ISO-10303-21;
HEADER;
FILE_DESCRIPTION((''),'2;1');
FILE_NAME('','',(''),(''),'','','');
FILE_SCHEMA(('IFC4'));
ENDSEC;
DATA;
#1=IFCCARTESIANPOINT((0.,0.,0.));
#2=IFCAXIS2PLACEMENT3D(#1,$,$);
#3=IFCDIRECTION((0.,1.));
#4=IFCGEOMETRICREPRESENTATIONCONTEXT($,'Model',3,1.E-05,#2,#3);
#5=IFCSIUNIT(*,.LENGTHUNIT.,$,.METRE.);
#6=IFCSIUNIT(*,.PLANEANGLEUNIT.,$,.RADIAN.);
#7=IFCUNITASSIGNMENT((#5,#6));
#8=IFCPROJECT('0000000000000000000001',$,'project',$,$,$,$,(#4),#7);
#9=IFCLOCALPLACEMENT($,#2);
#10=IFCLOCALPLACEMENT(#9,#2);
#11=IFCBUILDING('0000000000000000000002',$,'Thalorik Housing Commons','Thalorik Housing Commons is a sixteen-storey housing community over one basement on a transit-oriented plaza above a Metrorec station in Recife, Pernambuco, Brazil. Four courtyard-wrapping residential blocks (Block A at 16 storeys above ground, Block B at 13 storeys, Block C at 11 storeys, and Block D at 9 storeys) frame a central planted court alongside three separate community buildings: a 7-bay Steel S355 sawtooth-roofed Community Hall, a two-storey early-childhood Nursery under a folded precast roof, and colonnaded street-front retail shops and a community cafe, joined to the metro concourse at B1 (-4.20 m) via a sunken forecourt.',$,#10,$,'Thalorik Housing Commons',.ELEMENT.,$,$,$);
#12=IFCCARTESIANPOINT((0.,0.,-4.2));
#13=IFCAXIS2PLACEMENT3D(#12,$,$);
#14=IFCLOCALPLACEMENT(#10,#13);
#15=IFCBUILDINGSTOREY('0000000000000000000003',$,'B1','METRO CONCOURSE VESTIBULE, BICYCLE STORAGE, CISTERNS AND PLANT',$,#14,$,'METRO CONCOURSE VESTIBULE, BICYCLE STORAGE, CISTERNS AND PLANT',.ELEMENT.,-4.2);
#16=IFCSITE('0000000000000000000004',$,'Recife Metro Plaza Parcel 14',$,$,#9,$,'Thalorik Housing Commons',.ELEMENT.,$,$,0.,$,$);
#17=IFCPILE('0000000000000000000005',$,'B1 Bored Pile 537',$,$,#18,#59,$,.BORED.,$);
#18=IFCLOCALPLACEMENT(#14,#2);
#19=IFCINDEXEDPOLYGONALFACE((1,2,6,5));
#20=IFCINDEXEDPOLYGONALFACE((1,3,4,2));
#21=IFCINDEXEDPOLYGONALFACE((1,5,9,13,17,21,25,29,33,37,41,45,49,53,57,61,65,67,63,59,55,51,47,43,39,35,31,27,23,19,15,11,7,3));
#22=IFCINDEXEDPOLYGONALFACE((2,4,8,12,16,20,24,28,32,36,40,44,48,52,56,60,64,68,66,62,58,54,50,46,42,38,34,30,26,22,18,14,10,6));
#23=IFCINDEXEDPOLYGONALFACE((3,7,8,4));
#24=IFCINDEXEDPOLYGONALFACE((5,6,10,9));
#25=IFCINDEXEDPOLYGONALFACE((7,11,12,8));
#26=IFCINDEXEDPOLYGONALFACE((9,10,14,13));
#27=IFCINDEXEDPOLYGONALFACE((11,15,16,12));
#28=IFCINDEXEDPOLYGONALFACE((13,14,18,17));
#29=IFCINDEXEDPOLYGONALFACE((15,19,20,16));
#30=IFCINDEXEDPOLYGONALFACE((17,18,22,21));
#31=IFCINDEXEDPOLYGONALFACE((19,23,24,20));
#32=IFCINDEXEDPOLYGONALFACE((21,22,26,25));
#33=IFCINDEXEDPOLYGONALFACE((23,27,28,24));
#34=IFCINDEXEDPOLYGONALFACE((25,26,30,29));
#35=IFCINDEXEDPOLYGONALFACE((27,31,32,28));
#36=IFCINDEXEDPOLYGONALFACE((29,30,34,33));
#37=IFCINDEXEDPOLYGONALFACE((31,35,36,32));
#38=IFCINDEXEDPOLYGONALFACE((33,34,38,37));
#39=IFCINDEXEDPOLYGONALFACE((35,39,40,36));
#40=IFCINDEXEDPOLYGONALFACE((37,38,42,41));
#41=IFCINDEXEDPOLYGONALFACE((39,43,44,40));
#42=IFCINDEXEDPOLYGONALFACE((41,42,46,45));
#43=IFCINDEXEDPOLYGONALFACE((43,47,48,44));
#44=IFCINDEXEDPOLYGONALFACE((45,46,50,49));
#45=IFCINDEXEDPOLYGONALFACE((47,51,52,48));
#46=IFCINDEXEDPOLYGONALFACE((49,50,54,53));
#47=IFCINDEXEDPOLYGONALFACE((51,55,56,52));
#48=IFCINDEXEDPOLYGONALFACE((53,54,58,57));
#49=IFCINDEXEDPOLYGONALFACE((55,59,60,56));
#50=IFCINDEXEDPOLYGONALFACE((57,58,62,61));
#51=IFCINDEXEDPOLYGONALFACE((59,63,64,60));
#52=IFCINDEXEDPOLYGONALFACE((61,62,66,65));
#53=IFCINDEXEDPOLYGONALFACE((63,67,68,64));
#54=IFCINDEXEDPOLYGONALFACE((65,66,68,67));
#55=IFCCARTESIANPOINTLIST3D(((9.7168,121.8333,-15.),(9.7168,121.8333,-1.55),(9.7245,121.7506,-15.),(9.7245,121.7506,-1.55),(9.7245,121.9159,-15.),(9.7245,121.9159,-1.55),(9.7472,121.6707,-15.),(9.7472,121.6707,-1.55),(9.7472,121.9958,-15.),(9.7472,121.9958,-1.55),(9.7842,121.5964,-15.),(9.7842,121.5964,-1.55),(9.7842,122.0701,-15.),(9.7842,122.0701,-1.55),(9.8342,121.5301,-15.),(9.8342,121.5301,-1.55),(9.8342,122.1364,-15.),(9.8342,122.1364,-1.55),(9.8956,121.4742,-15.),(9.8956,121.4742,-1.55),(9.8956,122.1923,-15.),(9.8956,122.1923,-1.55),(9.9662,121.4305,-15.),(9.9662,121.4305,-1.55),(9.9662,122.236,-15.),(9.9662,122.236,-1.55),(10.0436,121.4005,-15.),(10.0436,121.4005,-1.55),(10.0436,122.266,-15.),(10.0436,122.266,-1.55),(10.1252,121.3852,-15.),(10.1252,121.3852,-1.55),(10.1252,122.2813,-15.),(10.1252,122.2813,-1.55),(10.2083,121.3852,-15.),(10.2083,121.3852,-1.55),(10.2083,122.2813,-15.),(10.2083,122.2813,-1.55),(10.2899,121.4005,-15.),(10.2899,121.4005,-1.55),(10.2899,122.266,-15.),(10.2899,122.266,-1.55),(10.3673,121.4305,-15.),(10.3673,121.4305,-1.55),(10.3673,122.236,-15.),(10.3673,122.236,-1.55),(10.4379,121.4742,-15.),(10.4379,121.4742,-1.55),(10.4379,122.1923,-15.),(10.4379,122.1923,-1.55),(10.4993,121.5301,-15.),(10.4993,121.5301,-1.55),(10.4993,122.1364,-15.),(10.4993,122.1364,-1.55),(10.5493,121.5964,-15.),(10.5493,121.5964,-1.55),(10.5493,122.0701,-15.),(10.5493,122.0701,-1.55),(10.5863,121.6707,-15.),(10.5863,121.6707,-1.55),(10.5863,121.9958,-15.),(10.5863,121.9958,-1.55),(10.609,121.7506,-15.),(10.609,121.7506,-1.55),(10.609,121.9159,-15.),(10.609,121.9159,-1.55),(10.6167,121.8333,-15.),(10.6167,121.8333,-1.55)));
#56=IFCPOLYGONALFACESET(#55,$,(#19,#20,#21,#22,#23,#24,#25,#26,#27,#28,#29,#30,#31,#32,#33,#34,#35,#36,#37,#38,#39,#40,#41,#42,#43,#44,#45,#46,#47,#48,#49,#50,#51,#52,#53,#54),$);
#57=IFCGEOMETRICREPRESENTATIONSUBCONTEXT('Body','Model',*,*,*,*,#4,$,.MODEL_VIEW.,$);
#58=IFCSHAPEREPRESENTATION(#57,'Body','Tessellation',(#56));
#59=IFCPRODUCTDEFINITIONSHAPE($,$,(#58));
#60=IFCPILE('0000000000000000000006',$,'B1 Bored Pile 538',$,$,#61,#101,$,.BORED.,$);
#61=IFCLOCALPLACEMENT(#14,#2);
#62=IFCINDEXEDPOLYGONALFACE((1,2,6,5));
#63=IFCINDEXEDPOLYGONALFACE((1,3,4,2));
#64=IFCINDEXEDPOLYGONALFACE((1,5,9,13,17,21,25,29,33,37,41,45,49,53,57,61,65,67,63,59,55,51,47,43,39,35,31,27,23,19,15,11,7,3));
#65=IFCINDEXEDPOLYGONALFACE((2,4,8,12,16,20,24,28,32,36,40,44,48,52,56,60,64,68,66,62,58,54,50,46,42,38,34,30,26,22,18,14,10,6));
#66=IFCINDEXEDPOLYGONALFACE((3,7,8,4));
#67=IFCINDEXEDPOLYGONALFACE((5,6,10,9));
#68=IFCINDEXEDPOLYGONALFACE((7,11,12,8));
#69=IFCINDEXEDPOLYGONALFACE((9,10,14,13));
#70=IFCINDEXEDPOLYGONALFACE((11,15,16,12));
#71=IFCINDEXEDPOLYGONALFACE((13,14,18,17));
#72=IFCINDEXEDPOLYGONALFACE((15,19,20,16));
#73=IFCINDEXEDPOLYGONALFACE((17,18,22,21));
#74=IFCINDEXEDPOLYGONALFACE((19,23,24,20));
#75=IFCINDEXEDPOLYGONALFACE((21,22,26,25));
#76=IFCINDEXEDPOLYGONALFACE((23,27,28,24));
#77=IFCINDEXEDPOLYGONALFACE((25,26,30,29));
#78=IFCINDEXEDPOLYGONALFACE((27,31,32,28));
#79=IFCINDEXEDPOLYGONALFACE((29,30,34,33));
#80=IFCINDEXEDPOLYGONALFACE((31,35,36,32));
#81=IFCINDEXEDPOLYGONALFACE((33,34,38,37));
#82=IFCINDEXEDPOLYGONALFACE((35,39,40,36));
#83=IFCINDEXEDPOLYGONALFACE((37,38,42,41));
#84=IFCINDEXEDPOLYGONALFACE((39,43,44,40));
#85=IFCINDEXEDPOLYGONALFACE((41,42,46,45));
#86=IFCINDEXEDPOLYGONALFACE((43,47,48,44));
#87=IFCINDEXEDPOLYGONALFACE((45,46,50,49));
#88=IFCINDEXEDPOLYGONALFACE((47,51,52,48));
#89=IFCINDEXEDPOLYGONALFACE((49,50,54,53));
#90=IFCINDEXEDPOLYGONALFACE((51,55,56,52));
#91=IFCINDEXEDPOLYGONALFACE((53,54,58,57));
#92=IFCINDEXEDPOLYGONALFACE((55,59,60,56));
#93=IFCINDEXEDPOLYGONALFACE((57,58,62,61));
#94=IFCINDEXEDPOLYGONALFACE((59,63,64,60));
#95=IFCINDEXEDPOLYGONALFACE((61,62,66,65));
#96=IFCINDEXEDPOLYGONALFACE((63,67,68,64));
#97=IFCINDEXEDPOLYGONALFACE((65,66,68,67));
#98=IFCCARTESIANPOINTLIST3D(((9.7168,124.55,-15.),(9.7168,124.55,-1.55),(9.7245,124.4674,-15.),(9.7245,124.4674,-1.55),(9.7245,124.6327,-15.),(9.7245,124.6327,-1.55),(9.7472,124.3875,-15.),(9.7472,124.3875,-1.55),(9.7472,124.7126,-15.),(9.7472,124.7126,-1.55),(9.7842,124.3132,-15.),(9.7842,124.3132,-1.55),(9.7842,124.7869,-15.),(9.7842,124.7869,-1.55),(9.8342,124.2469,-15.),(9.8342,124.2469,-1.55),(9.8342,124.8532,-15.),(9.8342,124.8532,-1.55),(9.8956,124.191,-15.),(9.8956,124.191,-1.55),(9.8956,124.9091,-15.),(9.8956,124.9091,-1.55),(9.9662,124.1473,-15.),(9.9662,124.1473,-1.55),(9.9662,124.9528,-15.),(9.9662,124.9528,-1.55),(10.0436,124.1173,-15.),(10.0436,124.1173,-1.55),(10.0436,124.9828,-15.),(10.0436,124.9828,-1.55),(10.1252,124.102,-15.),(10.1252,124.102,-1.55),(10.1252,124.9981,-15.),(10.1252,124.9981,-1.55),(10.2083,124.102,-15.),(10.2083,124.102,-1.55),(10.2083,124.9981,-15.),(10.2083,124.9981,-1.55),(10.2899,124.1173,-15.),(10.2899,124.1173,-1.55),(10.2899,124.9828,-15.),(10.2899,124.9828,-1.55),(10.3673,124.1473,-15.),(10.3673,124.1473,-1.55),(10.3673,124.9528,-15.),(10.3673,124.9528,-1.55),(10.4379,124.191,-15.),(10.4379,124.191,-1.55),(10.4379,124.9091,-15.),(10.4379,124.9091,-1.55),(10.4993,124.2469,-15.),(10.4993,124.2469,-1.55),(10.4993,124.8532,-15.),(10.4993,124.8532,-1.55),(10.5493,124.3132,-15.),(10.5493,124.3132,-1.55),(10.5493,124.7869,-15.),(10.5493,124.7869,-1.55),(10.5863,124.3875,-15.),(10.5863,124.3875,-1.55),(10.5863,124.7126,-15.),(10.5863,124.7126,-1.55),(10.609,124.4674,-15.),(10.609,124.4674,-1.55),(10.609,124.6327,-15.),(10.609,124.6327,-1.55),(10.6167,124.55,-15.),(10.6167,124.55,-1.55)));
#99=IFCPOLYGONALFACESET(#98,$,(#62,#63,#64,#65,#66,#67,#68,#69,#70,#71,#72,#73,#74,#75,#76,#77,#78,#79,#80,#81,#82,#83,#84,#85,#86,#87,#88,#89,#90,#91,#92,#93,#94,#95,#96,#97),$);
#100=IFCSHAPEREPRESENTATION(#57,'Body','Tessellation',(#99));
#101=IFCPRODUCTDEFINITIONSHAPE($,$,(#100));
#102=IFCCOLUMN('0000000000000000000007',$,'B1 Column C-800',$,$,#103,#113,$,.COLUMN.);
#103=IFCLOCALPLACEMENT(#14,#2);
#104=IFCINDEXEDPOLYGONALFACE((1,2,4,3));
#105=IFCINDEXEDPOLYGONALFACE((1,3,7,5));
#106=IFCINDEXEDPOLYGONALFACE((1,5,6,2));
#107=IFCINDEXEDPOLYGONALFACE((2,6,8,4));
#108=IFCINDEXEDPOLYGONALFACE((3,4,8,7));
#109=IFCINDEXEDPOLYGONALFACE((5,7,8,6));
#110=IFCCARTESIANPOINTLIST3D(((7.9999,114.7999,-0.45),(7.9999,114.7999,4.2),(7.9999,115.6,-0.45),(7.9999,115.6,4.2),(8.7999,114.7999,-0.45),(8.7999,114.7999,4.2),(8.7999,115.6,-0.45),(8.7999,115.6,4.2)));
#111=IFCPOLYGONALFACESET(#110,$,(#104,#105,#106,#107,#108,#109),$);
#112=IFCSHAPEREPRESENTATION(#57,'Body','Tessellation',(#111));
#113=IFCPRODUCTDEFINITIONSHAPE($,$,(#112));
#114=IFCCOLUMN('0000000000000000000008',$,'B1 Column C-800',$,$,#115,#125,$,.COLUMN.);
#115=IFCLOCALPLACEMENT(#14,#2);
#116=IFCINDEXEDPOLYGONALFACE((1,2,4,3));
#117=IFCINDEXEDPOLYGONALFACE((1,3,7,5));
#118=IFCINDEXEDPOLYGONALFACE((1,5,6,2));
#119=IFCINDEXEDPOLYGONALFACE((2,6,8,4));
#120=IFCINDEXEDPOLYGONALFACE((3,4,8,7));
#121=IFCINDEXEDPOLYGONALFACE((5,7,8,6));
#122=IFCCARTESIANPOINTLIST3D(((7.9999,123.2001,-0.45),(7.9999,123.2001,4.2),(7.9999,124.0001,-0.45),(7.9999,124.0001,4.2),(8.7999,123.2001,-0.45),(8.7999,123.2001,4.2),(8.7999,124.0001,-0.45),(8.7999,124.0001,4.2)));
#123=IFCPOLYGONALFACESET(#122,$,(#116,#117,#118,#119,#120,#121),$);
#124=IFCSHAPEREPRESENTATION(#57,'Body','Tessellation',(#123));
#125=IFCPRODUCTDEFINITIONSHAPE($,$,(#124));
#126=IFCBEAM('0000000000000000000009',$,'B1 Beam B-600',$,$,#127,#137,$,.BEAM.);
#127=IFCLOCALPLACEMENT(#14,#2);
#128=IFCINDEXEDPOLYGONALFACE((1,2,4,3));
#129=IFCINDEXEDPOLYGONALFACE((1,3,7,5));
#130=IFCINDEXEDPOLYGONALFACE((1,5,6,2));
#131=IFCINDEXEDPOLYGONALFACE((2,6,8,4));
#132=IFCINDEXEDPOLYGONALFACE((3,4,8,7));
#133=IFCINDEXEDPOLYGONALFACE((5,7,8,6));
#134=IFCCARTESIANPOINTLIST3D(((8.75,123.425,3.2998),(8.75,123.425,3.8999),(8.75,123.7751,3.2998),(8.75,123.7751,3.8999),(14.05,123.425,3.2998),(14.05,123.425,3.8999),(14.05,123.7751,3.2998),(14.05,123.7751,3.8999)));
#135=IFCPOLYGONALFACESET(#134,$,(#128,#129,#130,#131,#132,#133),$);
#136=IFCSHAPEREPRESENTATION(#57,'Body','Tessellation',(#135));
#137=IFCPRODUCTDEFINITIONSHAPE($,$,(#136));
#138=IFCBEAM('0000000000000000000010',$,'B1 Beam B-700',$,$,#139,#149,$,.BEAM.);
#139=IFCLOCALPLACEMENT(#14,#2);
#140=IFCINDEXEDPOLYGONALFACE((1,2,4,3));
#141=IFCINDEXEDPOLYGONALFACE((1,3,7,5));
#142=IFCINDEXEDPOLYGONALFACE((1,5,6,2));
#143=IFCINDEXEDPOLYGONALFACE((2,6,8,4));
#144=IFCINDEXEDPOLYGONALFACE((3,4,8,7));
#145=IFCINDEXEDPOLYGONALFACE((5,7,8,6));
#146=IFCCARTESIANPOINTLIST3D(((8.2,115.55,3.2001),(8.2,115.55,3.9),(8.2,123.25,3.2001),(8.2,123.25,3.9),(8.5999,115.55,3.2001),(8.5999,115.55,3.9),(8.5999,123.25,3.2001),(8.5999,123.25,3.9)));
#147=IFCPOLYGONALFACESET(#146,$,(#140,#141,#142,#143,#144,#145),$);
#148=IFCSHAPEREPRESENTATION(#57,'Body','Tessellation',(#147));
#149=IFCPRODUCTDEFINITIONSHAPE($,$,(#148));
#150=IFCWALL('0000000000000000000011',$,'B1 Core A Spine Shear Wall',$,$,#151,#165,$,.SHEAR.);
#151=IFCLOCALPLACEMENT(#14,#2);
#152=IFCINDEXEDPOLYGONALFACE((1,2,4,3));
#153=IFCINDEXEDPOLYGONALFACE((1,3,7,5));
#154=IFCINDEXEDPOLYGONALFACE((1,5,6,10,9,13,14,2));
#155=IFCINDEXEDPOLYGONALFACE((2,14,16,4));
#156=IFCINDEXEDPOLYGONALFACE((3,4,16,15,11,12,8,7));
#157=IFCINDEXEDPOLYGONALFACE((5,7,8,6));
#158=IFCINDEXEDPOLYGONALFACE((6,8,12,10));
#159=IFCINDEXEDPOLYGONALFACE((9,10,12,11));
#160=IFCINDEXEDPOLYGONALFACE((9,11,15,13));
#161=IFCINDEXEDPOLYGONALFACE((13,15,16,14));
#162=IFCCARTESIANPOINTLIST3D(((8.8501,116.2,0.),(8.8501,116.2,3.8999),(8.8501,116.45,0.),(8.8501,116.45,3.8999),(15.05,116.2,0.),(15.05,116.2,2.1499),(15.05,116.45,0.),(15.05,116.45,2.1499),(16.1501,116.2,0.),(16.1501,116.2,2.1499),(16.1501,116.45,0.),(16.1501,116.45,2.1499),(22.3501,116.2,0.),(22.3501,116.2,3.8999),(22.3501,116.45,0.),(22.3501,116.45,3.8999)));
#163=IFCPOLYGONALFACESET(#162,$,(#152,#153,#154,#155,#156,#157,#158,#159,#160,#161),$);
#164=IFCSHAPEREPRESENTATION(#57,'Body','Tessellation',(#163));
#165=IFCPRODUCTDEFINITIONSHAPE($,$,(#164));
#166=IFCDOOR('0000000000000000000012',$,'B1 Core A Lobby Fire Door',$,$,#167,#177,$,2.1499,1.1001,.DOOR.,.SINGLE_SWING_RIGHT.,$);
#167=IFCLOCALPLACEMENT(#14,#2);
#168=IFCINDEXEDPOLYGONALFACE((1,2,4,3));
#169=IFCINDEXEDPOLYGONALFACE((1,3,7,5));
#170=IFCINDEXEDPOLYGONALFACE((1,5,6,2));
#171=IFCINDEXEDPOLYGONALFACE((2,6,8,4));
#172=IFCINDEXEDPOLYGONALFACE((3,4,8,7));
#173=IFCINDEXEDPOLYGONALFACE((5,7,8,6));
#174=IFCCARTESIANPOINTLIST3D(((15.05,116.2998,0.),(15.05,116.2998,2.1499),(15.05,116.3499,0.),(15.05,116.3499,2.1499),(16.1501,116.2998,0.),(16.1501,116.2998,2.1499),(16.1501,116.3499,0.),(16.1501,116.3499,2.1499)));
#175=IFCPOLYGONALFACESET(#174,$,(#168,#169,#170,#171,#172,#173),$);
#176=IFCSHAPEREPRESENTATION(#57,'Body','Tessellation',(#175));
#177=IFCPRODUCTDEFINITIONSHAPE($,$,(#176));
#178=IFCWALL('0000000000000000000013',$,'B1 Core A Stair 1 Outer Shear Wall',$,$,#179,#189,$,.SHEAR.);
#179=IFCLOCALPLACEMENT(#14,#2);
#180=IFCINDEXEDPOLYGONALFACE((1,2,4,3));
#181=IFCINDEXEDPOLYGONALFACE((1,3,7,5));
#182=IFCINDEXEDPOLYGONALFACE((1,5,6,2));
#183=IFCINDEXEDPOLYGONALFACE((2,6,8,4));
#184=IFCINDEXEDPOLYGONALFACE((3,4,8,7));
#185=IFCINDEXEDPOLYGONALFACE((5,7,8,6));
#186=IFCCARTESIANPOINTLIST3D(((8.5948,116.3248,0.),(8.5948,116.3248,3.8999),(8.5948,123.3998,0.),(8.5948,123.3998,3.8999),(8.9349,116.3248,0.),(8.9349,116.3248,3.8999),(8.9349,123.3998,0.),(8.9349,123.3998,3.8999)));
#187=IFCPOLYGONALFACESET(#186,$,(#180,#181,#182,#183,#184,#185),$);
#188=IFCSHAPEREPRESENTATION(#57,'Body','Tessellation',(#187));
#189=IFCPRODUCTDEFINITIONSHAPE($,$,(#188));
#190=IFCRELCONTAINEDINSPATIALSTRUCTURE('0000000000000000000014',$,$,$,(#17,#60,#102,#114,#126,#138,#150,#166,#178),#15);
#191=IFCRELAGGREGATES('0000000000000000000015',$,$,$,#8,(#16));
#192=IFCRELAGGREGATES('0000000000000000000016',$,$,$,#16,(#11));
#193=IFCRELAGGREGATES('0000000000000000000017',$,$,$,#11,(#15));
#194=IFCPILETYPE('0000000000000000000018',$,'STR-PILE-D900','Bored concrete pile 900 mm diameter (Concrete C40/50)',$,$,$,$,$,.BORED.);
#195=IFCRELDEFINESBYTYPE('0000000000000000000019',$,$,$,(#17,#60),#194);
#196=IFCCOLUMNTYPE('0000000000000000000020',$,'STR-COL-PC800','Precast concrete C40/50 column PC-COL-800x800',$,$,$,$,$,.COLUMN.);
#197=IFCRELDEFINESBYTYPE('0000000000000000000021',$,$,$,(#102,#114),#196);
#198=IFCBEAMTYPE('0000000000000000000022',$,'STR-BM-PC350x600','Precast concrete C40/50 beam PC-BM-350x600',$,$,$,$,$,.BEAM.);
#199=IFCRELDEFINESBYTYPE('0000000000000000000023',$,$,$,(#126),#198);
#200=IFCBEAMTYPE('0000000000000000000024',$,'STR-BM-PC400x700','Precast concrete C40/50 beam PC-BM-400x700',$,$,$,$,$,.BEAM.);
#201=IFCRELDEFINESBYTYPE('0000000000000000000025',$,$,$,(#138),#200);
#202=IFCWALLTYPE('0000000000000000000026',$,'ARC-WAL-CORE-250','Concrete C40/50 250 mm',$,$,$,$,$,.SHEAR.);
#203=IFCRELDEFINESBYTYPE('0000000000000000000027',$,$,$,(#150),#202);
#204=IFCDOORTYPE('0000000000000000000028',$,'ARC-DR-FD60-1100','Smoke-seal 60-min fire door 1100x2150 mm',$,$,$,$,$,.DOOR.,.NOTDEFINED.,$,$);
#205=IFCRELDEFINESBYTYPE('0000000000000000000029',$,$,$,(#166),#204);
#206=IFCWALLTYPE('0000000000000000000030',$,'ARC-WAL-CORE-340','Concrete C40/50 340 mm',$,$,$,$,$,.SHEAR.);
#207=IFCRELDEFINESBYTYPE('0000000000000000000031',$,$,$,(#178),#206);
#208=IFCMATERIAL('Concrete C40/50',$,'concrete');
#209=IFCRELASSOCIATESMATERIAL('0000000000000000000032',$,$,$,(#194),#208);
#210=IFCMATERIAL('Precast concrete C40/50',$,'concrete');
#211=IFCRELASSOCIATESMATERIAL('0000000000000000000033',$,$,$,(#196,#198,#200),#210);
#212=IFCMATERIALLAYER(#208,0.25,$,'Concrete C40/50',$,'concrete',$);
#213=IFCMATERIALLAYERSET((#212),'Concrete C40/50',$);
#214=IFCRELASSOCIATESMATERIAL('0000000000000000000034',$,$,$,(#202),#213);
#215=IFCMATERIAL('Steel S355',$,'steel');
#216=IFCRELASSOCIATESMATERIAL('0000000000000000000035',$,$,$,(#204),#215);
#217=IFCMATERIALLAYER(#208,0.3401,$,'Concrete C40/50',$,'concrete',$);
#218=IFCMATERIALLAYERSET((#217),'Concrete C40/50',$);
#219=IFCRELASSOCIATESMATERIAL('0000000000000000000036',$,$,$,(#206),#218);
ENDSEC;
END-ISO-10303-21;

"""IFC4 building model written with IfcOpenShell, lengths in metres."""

from ifc_helpers import new_model, si_unit, direction, frame, frame_2d, origin, origin_2d, place, context, subcontext, project, spatial, rectangle, circle, extrude, material, layer, layer_set, material_profile, profile_set, type_object, element, fill, save


model = new_model("IFC4")

# Units and contexts
model_context = context("Model", 3, precision=1e-05, world=origin(), true_north=direction((0.0, 1.0)))
body_context = subcontext(model_context, "Body", "Model", "MODEL_VIEW")
ifc_project = project(units=[si_unit("LENGTHUNIT", "METRE"), si_unit("PLANEANGLEUNIT", "RADIAN")], contexts=[model_context])

# Site, building, storey
site_placement = place(None, origin())
site = spatial("IfcSite", under=ifc_project, at=site_placement, Name="Recife Metro Plaza Parcel 14", LongName="Thalorik Housing Commons", CompositionType="ELEMENT", RefElevation=0.0)
building_placement = place(site_placement, origin())
building = spatial("IfcBuilding", under=site, at=building_placement, Name="Thalorik Housing Commons", Description="Thalorik Housing Commons is a sixteen-storey housing community over one basement on a transit-oriented plaza above a Metrorec station in Recife, Pernambuco, Brazil. Four courtyard-wrapping residential blocks (Block A at 16 storeys above ground, Block B at 13 storeys, Block C at 11 storeys, and Block D at 9 storeys) frame a central planted court alongside three separate community buildings: a 7-bay Steel S355 sawtooth-roofed Community Hall, a two-storey early-childhood Nursery under a folded precast roof, and colonnaded street-front retail shops and a community cafe, joined to the metro concourse at B1 (-4.20 m) via a sunken forecourt.", LongName="Thalorik Housing Commons", CompositionType="ELEMENT")
storey_placement = place(building_placement, frame((0.0, 0.0, -4.2)))
storey = spatial("IfcBuildingStorey", under=building, at=storey_placement, Name="B1", Description="METRO CONCOURSE VESTIBULE, BICYCLE STORAGE, CISTERNS AND PLANT", LongName="METRO CONCOURSE VESTIBULE, BICYCLE STORAGE, CISTERNS AND PLANT", CompositionType="ELEMENT", Elevation=-4.2)

# Piles
ifc_material_1 = material(Name="Concrete C40/50", Category="concrete")
ifc_material_profile_1 = material_profile(ifc_material_1, circle(Radius=0.45, at=origin_2d()), Name="BORED PILE D900", Category="concrete")
ifc_profile_set_1 = profile_set([ifc_material_profile_1], Name="Concrete C40/50")
pile_type = type_object("IfcPileType", Name="STR-PILE-D900", Description="Bored concrete pile 900 mm diameter (Concrete C40/50)", PredefinedType="BORED", material=ifc_profile_set_1)
for number, where, z_axis, x_axis, name in (
    (1, (10.1667, 121.8333, -1.55), (0.0, 0.0, -1.0), (1.0, 0.0, 0.0), "B1 Bored Pile 537"),
    (2, (10.1667, 124.55, -1.55), (0.0, 0.0, -1.0), (1.0, 0.0, 0.0), "B1 Bored Pile 538"),
):
    element("IfcPile", number, at=place(storey_placement, frame(where, z_axis=z_axis, x_axis=x_axis)), inside=storey, type_object=pile_type, Name=name, PredefinedType="BORED", context=body_context, shape_type="SweptSolid", body=[
        extrude(circle(Radius=0.45, at=origin_2d()), origin(), (0.0, 0.0, 1.0), 13.45),
    ])

# Columns
ifc_material_2 = material(Name="Precast concrete C40/50", Category="concrete")
ifc_material_profile_2 = material_profile(ifc_material_2, rectangle(XDim=0.8, YDim=0.8, at=origin_2d()), Name="PC 800x800", Category="concrete")
ifc_profile_set_2 = profile_set([ifc_material_profile_2], Name="Precast concrete C40/50")
column_type = type_object("IfcColumnType", Name="STR-COL-PC800", Description="Precast concrete C40/50 column PC-COL-800x800", PredefinedType="COLUMN", material=ifc_profile_set_2)
for number, where, z_axis, x_axis, name in (
    (3, (8.3999, 115.2, -0.45), (0.0, 0.0, 1.0), (1.0, 0.0, 0.0), "B1 Column C-800"),
    (4, (8.3999, 123.6001, -0.45), (0.0, 0.0, 1.0), (1.0, 0.0, 0.0), "B1 Column C-800"),
):
    element("IfcColumn", number, at=place(storey_placement, frame(where, z_axis=z_axis, x_axis=x_axis)), inside=storey, type_object=column_type, Name=name, PredefinedType="COLUMN", context=body_context, shape_type="SweptSolid", body=[
        extrude(rectangle(XDim=0.8, YDim=0.8, at=origin_2d()), origin(), (0.0, 0.0, 1.0), 4.6499),
    ])

# Beams
ifc_material_profile_3 = material_profile(ifc_material_2, rectangle(XDim=0.3501, YDim=0.6001, at=origin_2d()), Name="PC 350x600", Category="concrete")
ifc_profile_set_3 = profile_set([ifc_material_profile_3], Name="Precast concrete C40/50")
beam_type_1 = type_object("IfcBeamType", Name="STR-BM-PC350x600", Description="Precast concrete C40/50 beam PC-BM-350x600", PredefinedType="BEAM", material=ifc_profile_set_3)
beam_1_placement = place(storey_placement, frame((8.75, 123.6001, 3.5999), z_axis=(1.0, 0.0, 0.0), x_axis=(0.0, 1.0, 0.0)))
element("IfcBeam", 5, at=beam_1_placement, inside=storey, type_object=beam_type_1, Name="B1 Beam B-600", PredefinedType="BEAM", context=body_context, shape_type="SweptSolid", body=[
    extrude(rectangle(XDim=0.3501, YDim=0.6001, at=origin_2d()), origin(), (0.0, 0.0, 1.0), 5.3),
])
ifc_material_profile_4 = material_profile(ifc_material_2, rectangle(XDim=0.3999, YDim=0.7, at=origin_2d()), Name="PC 400x700", Category="concrete")
ifc_profile_set_4 = profile_set([ifc_material_profile_4], Name="Precast concrete C40/50")
beam_type_2 = type_object("IfcBeamType", Name="STR-BM-PC400x700", Description="Precast concrete C40/50 beam PC-BM-400x700", PredefinedType="BEAM", material=ifc_profile_set_4)
beam_2_placement = place(storey_placement, frame((8.3999, 115.55, 3.55), z_axis=(0.0, 1.0, 0.0), x_axis=(-1.0, 0.0, 0.0)))
element("IfcBeam", 6, at=beam_2_placement, inside=storey, type_object=beam_type_2, Name="B1 Beam B-700", PredefinedType="BEAM", context=body_context, shape_type="SweptSolid", body=[
    extrude(rectangle(XDim=0.3999, YDim=0.7, at=origin_2d()), origin(), (0.0, 0.0, 1.0), 7.7),
])

# Wall, opening, door
ifc_layer_1 = layer(ifc_material_1, 0.25, Name="Concrete C40/50", Category="concrete")
ifc_layer_set_1 = layer_set([ifc_layer_1], Name="Concrete C40/50")
wall_type_1 = type_object("IfcWallType", Name="ARC-WAL-CORE-250", Description="Concrete C40/50 250 mm", PredefinedType="SHEAR", material=ifc_layer_set_1)
wall_1_placement = place(storey_placement, frame((8.8501, 116.325, 0.0), z_axis=(0.0, 0.0, 1.0), x_axis=(1.0, 0.0, 0.0)))
wall_1 = element("IfcWall", 7, at=wall_1_placement, inside=storey, type_object=wall_type_1, Name="B1 Core A Spine Shear Wall", PredefinedType="SHEAR", context=body_context, shape_type="SweptSolid", body=[
    extrude(rectangle(XDim=13.5, YDim=0.25, at=frame_2d((6.75, 0.0))), origin(), (0.0, 0.0, 1.0), 3.8999),
])
opening_placement = place(wall_1_placement, frame((6.2, 0.0, 0.0)))
opening = element("IfcOpeningElement", 8, at=opening_placement, cuts=wall_1, PredefinedType="OPENING", context=body_context, shape_type="SweptSolid", body=[
    extrude(rectangle(XDim=1.1001, YDim=2.1499, at=frame_2d((0.55, 1.075))), frame((0.0, 0.135, 0.0), z_axis=(0.0, -1.0, 0.0), x_axis=(1.0, 0.0, 0.0)), (0.0, 0.0, 1.0), 0.27),
])
ifc_material_3 = material(Name="Steel S355", Category="steel")
door_type = type_object("IfcDoorType", Name="ARC-DR-FD60-1100", Description="Smoke-seal 60-min fire door 1100x2150 mm", OperationType="NOTDEFINED", PredefinedType="DOOR", material=ifc_material_3)
door_placement = place(opening_placement, origin())
door = element("IfcDoor", 9, at=door_placement, inside=storey, type_object=door_type, Name="B1 Core A Lobby Fire Door", OperationType="SINGLE_SWING_RIGHT", OverallHeight=2.1499, OverallWidth=1.1001, PredefinedType="DOOR", context=body_context, shape_type="SweptSolid", body=[
    extrude(rectangle(XDim=1.1001, YDim=2.1499, at=frame_2d((0.55, 1.075))), frame((0.0, 0.0249, 0.0), z_axis=(0.0, -1.0, 0.0), x_axis=(1.0, 0.0, 0.0)), (0.0, 0.0, 1.0), 0.05),
])
fill(opening, door)

# Wall
ifc_layer_2 = layer(ifc_material_1, 0.3401, Name="Concrete C40/50", Category="concrete")
ifc_layer_set_2 = layer_set([ifc_layer_2], Name="Concrete C40/50")
wall_type_2 = type_object("IfcWallType", Name="ARC-WAL-CORE-340", Description="Concrete C40/50 340 mm", PredefinedType="SHEAR", material=ifc_layer_set_2)
wall_2_placement = place(storey_placement, frame((8.7649, 123.3999, 0.0), z_axis=(0.0, 0.0, 1.0), x_axis=(0.0, -1.0, 0.0)))
element("IfcWall", 10, at=wall_2_placement, inside=storey, type_object=wall_type_2, Name="B1 Core A Stair 1 Outer Shear Wall", PredefinedType="SHEAR", context=body_context, shape_type="SweptSolid", body=[
    extrude(rectangle(XDim=7.075, YDim=0.3401, at=frame_2d((3.5376, 0.0))), origin(), (0.0, 0.0, 1.0), 3.8999),
])

save(model, "model.ifc")
